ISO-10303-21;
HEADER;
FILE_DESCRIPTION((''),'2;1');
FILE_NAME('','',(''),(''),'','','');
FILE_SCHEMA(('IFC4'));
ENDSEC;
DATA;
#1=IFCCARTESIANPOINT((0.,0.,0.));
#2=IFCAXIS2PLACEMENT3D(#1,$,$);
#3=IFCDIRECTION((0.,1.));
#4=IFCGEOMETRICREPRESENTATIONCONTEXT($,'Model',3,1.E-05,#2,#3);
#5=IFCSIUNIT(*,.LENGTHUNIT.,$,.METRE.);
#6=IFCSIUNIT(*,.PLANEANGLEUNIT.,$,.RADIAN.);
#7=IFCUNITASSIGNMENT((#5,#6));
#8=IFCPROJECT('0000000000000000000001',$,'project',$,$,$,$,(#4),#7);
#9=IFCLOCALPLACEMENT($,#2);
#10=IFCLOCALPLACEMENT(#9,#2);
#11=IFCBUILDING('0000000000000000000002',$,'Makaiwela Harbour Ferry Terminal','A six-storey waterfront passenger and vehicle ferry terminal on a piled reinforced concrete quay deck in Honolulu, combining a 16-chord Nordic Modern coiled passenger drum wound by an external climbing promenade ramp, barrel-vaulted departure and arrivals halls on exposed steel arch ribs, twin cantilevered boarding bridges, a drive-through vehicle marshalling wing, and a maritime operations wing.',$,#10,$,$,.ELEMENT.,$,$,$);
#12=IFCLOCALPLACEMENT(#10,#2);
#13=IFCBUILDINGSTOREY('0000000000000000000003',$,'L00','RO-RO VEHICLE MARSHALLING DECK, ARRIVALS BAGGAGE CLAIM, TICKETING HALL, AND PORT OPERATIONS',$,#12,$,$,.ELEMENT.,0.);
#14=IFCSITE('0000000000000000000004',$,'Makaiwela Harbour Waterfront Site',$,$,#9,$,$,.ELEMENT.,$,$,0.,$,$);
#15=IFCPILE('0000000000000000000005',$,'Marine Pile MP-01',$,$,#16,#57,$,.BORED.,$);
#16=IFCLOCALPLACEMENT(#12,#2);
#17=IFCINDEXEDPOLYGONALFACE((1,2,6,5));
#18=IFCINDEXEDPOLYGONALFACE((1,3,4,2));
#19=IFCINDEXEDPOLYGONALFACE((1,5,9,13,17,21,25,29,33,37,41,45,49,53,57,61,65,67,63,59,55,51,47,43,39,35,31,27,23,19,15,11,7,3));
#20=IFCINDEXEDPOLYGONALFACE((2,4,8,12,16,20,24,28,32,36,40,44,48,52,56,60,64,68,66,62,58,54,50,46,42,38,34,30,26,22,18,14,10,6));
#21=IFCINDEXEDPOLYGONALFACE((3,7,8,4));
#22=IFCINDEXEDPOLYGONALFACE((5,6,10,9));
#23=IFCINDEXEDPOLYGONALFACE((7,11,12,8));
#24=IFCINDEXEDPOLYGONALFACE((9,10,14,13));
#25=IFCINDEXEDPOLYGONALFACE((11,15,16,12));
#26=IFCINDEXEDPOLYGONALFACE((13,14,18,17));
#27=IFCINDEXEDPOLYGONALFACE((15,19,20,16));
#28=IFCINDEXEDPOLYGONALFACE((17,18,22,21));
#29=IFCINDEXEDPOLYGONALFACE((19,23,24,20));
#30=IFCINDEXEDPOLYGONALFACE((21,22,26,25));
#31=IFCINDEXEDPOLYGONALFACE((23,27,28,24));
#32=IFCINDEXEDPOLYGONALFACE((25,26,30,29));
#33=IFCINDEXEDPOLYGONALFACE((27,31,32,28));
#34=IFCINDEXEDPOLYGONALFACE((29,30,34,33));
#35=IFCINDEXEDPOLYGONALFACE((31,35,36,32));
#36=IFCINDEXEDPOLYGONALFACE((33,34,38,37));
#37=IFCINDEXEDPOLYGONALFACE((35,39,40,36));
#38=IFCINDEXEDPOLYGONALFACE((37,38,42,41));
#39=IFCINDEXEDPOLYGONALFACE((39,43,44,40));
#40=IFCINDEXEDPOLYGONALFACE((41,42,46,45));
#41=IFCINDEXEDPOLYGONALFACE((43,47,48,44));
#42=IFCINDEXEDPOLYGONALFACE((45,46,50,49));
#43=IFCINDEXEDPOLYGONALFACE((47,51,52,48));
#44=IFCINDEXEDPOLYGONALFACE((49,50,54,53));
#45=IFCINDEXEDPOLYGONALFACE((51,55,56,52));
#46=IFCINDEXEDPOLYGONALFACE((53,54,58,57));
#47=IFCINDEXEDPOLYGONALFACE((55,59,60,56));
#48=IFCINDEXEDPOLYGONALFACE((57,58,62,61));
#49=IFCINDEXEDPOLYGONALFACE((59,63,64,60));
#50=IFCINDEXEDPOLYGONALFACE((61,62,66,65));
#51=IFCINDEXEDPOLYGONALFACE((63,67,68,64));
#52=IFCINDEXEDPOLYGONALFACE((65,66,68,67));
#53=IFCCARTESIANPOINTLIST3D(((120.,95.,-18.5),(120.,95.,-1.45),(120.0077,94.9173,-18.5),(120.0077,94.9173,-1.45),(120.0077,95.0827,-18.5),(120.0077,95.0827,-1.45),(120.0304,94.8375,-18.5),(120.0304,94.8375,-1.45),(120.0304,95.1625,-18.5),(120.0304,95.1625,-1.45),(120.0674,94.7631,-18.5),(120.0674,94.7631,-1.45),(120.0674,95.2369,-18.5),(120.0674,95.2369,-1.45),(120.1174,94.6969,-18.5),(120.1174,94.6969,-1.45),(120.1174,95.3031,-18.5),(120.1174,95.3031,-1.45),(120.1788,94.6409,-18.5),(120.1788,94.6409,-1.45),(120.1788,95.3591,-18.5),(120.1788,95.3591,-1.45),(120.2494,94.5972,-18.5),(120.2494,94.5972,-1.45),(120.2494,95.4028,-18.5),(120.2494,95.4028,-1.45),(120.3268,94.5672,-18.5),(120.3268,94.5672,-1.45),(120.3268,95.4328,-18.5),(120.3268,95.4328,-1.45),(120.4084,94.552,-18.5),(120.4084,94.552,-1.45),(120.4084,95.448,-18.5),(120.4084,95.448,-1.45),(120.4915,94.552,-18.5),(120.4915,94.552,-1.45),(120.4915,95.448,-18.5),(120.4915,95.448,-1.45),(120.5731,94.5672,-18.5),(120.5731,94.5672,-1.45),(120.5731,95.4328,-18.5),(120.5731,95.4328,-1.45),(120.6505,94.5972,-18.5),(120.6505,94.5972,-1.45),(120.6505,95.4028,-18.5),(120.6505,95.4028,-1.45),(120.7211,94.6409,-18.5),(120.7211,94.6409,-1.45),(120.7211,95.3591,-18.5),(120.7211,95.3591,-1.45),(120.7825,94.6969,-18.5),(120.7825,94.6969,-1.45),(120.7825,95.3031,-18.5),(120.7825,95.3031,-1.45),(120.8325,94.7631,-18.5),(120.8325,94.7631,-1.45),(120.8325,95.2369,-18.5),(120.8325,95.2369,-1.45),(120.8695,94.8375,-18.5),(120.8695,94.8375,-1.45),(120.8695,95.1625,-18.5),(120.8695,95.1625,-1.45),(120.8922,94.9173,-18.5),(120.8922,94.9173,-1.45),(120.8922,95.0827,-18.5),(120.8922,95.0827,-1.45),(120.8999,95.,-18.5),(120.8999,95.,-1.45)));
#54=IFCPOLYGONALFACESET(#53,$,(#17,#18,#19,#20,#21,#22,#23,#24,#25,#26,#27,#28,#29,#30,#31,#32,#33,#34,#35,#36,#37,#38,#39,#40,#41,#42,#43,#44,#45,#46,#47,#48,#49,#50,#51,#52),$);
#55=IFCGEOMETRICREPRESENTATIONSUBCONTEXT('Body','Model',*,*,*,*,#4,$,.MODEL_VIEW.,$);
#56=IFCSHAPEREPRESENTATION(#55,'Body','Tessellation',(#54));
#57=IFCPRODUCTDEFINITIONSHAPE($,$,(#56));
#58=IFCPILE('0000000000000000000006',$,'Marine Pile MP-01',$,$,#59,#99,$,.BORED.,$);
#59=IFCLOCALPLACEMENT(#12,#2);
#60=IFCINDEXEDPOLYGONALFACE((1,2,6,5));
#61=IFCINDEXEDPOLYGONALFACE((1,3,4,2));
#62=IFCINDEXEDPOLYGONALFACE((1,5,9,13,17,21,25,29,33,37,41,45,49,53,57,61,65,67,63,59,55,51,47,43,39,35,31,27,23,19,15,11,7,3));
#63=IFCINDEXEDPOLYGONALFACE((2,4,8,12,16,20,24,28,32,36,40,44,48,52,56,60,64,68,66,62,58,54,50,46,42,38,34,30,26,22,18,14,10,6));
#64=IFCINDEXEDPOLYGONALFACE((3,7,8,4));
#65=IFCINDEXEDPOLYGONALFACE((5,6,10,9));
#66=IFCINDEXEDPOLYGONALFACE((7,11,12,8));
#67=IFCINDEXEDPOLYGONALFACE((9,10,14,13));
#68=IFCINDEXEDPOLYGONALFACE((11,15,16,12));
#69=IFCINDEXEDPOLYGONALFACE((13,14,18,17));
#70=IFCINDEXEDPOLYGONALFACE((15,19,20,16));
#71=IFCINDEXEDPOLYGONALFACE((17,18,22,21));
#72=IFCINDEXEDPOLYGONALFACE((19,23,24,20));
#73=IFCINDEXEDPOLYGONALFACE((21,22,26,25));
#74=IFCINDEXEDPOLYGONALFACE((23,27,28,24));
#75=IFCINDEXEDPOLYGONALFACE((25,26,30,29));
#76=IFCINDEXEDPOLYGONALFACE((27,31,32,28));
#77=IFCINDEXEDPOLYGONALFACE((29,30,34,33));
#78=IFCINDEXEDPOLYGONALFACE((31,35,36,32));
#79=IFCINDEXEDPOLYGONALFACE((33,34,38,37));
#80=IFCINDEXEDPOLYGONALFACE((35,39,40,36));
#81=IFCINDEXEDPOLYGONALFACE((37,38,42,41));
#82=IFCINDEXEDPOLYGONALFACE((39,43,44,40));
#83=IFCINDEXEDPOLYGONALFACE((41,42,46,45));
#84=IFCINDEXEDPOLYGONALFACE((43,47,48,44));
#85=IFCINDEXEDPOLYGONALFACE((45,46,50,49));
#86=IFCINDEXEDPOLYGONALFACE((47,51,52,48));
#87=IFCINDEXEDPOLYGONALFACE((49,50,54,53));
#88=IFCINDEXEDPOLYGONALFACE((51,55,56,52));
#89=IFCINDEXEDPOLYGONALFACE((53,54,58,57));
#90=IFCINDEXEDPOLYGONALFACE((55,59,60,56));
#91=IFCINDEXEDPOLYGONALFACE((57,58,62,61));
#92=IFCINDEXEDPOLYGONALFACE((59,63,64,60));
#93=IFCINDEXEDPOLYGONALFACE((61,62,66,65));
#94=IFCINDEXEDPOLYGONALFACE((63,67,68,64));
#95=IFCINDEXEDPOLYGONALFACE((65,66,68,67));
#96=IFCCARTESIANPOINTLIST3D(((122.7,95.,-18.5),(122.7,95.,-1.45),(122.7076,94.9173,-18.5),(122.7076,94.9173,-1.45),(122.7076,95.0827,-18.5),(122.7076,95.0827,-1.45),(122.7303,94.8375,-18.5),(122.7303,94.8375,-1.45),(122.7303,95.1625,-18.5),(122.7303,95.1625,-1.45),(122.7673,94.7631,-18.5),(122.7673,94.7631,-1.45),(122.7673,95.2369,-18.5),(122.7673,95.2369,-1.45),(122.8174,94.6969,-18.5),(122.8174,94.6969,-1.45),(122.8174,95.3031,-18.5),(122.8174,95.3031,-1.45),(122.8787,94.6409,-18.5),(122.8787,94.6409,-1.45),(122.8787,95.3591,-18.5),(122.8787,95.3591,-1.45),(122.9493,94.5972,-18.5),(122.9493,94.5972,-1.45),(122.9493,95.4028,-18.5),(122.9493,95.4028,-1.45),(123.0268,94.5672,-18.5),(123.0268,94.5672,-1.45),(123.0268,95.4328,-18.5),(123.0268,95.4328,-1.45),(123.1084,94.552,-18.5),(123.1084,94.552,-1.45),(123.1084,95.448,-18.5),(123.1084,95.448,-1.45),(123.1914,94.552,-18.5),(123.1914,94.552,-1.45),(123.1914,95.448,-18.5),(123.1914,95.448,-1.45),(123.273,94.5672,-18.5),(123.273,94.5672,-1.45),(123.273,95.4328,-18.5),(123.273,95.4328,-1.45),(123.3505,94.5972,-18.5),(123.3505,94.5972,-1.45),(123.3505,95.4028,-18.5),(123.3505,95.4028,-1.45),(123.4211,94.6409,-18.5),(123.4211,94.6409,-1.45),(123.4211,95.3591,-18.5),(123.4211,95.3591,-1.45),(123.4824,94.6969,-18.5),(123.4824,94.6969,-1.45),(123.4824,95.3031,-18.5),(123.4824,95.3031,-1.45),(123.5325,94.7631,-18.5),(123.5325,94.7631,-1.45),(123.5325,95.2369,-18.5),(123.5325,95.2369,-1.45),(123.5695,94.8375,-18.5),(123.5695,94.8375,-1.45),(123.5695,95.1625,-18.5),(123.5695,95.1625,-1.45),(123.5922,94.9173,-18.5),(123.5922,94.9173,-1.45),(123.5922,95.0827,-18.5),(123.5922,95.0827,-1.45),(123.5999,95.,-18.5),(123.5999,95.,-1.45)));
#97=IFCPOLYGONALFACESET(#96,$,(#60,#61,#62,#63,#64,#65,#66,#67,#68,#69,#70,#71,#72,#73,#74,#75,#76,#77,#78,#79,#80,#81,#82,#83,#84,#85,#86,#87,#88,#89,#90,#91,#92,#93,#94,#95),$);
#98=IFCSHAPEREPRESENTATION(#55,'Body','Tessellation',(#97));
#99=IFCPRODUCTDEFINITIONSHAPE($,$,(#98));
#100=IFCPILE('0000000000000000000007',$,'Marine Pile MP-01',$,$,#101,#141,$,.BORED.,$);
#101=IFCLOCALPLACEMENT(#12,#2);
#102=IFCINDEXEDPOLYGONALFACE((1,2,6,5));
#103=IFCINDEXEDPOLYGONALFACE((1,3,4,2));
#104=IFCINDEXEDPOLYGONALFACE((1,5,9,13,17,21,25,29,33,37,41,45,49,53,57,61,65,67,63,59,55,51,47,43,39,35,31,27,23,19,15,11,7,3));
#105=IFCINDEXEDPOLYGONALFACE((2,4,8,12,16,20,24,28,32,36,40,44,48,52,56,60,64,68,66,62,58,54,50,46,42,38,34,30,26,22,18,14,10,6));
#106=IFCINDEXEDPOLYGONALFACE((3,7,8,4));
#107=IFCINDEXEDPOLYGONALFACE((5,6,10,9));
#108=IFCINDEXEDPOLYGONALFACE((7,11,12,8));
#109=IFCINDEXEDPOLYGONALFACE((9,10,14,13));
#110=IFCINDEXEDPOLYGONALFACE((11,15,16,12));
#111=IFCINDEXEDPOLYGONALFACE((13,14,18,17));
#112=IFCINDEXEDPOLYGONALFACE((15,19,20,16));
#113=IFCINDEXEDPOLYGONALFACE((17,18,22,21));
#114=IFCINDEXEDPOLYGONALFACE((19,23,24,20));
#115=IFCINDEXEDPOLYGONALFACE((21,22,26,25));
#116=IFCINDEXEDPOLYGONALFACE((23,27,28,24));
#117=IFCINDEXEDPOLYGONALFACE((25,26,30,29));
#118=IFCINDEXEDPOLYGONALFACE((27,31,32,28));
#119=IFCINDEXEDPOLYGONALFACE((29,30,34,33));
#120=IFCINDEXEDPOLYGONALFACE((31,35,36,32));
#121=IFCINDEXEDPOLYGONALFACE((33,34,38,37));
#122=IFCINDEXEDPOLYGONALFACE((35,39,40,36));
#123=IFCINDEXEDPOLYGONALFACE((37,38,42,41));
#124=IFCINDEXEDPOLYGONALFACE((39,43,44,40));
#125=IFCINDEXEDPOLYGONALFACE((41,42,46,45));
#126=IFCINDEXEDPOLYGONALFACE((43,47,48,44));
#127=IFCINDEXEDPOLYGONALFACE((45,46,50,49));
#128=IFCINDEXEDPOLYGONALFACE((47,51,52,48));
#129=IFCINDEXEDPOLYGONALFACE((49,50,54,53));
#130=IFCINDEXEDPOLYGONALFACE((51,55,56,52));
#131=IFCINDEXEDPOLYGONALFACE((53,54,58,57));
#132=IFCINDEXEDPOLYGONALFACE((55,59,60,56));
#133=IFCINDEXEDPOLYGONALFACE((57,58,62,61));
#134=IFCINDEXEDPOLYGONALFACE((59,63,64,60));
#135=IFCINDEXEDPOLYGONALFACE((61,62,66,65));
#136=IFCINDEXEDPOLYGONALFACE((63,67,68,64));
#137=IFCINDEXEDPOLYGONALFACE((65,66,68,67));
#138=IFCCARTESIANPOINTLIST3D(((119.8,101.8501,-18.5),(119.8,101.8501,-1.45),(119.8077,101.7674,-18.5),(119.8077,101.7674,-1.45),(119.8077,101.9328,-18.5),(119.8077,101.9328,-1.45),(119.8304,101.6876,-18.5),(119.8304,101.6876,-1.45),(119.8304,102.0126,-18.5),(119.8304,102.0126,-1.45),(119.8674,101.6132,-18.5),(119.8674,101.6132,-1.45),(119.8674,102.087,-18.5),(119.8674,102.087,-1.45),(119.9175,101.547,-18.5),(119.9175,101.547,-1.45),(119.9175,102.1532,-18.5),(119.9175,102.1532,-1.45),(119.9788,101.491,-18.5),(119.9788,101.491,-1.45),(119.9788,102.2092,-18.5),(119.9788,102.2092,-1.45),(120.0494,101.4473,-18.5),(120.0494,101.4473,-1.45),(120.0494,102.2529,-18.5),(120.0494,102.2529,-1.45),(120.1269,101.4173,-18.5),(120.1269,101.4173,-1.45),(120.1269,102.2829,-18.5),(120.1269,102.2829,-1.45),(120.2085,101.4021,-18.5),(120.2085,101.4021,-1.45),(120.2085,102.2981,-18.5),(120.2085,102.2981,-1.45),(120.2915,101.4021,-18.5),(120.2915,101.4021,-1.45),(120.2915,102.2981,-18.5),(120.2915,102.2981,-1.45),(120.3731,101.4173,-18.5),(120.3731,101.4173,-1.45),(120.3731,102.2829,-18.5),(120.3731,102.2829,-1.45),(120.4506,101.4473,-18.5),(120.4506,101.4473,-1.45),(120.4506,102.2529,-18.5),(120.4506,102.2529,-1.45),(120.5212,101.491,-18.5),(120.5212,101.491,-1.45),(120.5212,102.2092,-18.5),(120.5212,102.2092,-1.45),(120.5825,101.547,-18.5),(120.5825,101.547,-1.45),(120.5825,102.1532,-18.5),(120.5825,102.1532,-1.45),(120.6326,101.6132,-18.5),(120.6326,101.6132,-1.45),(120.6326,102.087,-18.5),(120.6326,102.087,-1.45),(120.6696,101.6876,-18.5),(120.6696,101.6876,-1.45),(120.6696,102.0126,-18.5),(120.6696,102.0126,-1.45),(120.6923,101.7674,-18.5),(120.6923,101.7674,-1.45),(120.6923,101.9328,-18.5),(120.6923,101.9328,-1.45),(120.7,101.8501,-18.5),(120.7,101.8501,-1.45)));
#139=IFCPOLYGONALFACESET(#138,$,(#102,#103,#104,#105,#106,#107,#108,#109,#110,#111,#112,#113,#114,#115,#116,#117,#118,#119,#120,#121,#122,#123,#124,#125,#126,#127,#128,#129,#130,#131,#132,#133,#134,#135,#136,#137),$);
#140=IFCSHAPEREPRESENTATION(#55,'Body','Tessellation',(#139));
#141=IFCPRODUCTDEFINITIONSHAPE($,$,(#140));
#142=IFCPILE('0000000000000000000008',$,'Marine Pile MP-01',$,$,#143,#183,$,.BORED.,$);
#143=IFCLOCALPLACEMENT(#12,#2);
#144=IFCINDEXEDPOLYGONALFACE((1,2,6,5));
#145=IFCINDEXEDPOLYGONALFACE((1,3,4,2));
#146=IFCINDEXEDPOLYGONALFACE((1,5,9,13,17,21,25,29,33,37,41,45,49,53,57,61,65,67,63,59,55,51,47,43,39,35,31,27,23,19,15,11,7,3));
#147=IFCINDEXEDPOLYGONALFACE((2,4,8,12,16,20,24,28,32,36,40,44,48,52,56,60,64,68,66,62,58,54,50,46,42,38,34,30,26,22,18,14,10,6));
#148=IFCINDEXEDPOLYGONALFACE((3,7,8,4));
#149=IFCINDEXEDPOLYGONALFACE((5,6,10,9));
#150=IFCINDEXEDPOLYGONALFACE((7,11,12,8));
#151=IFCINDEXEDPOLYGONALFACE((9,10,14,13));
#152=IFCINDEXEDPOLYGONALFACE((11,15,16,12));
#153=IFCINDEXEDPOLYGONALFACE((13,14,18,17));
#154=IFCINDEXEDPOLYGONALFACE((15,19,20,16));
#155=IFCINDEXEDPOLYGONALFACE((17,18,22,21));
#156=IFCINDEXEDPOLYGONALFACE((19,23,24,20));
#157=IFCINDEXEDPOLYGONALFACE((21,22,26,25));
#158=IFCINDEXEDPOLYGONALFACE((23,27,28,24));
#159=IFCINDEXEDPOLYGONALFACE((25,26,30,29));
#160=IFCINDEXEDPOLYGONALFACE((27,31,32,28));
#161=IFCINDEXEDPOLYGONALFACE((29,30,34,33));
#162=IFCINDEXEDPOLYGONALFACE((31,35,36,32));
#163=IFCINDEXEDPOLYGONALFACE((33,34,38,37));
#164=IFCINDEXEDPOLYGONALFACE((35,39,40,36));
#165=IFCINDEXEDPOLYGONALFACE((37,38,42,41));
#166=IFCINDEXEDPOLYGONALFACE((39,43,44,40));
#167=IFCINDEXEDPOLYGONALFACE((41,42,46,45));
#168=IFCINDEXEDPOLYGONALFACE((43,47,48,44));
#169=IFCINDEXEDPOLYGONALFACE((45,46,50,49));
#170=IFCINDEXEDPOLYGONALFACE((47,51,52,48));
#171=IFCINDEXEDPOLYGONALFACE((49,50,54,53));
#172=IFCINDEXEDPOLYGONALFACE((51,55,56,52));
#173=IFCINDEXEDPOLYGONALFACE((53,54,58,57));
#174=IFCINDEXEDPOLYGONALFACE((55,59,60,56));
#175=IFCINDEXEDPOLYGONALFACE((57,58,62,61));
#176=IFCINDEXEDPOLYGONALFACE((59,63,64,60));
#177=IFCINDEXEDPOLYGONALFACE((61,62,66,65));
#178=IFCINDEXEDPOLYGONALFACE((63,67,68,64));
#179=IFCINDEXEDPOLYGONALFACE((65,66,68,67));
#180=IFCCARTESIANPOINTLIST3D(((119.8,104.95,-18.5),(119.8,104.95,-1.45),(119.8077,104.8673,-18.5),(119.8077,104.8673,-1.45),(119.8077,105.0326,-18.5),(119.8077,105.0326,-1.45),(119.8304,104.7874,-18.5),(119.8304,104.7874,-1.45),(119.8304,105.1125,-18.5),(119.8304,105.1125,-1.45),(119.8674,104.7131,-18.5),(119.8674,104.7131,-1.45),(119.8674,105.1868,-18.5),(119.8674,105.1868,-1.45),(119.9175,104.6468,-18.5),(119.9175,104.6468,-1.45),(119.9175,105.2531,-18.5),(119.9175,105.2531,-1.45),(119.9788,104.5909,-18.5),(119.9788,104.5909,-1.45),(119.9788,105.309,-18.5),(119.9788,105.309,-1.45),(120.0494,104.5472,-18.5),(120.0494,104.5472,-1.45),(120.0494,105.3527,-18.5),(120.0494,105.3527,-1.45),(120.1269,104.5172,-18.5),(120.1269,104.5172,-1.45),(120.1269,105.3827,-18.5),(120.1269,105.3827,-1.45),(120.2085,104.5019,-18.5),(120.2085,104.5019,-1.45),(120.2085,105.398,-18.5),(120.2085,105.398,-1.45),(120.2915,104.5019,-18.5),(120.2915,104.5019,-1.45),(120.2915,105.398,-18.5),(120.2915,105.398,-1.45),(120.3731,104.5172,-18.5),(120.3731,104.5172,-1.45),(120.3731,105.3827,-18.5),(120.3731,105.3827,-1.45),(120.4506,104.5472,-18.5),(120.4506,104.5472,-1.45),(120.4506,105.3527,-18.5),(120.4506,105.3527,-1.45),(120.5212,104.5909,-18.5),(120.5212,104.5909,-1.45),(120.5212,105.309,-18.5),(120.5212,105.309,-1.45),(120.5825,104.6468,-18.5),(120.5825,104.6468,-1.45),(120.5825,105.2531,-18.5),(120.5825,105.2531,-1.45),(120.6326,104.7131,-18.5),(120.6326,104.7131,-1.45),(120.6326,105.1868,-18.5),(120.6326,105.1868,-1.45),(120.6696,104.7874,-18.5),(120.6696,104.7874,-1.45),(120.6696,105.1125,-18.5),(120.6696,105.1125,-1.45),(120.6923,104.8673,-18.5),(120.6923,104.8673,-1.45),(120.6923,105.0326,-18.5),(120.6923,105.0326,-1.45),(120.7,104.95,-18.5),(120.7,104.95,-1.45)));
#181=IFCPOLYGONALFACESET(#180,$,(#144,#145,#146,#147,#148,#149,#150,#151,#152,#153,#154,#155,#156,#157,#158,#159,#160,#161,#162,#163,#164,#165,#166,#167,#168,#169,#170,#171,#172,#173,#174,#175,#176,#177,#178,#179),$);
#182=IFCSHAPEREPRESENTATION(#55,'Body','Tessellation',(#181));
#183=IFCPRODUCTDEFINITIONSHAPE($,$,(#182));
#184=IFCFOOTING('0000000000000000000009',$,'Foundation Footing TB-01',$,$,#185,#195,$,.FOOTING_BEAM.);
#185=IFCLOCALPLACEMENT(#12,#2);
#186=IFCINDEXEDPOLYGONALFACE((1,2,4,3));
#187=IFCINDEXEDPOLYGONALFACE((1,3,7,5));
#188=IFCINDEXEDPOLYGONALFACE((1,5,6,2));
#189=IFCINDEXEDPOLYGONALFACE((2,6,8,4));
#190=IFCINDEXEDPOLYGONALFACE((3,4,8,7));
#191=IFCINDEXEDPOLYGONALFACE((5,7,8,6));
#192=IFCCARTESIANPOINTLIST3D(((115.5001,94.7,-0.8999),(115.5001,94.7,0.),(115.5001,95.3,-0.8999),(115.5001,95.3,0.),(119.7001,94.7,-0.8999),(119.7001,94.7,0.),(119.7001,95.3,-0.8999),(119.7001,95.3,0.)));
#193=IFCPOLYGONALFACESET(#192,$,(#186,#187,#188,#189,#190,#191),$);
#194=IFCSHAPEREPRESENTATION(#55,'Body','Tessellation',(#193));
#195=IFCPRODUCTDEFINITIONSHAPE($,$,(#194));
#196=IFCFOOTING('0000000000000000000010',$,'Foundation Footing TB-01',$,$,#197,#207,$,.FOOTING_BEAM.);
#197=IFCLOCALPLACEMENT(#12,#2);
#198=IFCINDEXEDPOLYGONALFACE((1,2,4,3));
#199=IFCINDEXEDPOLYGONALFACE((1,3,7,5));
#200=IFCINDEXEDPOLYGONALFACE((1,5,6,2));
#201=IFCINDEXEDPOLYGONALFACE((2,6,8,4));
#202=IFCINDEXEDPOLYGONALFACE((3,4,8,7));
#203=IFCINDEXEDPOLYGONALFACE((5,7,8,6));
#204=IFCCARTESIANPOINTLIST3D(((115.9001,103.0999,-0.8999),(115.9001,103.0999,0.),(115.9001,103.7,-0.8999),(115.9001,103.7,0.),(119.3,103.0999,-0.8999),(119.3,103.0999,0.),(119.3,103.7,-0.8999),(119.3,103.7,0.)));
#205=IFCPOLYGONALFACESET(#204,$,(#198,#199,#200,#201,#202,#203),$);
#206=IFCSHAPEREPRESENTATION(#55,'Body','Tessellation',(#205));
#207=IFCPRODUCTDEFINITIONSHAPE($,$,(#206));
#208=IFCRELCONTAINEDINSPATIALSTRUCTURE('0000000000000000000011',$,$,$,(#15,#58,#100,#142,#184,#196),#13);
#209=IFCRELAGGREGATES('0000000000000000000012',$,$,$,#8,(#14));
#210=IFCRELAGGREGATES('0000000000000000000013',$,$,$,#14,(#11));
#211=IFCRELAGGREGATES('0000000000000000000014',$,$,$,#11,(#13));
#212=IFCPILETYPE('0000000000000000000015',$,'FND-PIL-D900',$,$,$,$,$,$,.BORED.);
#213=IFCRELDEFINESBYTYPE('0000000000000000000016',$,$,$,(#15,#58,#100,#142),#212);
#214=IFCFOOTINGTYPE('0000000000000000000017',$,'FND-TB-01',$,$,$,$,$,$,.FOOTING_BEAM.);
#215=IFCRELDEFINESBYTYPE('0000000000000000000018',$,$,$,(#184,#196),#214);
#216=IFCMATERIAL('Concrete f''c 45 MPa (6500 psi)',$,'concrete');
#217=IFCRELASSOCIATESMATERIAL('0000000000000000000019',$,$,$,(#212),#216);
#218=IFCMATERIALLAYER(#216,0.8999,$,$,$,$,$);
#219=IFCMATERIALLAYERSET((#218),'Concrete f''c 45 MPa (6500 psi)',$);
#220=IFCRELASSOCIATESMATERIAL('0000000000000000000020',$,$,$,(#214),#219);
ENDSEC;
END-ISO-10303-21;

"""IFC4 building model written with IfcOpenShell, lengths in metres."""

from ifc_helpers import new_model, si_unit, direction, frame, origin, origin_2d, place, context, subcontext, project, spatial, rectangle, circle, extrude, material, layer, layer_set, material_profile, profile_set, type_object, element, save


model = new_model("IFC4")

# Units and contexts
model_context = context("Model", 3, precision=1e-05, world=origin(), true_north=direction((0.0, 1.0)))
body_context = subcontext(model_context, "Body", "Model", "MODEL_VIEW")
ifc_project = project(units=[si_unit("LENGTHUNIT", "METRE"), si_unit("PLANEANGLEUNIT", "RADIAN")], contexts=[model_context])

# Site, building, storey
site_placement = place(None, origin())
site = spatial("IfcSite", under=ifc_project, at=site_placement, Name="Makaiwela Harbour Waterfront Site", CompositionType="ELEMENT", RefElevation=0.0)
building_placement = place(site_placement, origin())
building = spatial("IfcBuilding", under=site, at=building_placement, Name="Makaiwela Harbour Ferry Terminal", Description="A six-storey waterfront passenger and vehicle ferry terminal on a piled reinforced concrete quay deck in Honolulu, combining a 16-chord Nordic Modern coiled passenger drum wound by an external climbing promenade ramp, barrel-vaulted departure and arrivals halls on exposed steel arch ribs, twin cantilevered boarding bridges, a drive-through vehicle marshalling wing, and a maritime operations wing.", CompositionType="ELEMENT")
storey_placement = place(building_placement, origin())
storey = spatial("IfcBuildingStorey", under=building, at=storey_placement, Name="L00", Description="RO-RO VEHICLE MARSHALLING DECK, ARRIVALS BAGGAGE CLAIM, TICKETING HALL, AND PORT OPERATIONS", CompositionType="ELEMENT", Elevation=0.0)

# Shared definitions
ifc_material_1 = material(Name="Concrete f'c 45 MPa (6500 psi)", Category="concrete")

# Piles
ifc_material_profile_1 = material_profile(ifc_material_1, circle(Radius=0.45, at=origin_2d()), Name="PILE-D900")
ifc_profile_set_1 = profile_set([ifc_material_profile_1], Name="Concrete f'c 45 MPa (6500 psi)")
pile_type = type_object("IfcPileType", Name="FND-PIL-D900", PredefinedType="BORED", material=ifc_profile_set_1)
for number, where, z_axis, x_axis, name in (
    (1, (120.45, 95.0, -1.45), (0.0, 0.0, -1.0), (1.0, 0.0, 0.0), "Marine Pile MP-01"),
    (2, (123.1499, 95.0, -1.45), (0.0, 0.0, -1.0), (1.0, 0.0, 0.0), "Marine Pile MP-01"),
    (3, (120.25, 101.8501, -1.45), (0.0, 0.0, -1.0), (1.0, 0.0, 0.0), "Marine Pile MP-01"),
    (4, (120.25, 104.95, -1.45), (0.0, 0.0, -1.0), (1.0, 0.0, 0.0), "Marine Pile MP-01"),
):
    element("IfcPile", number, at=place(storey_placement, frame(where, z_axis=z_axis, x_axis=x_axis)), inside=storey, type_object=pile_type, Name=name, PredefinedType="BORED", context=body_context, shape_type="SweptSolid", body=[
        extrude(circle(Radius=0.45, at=origin_2d()), origin(), (0.0, 0.0, 1.0), 17.05),
    ])

# Footings
ifc_layer_1 = layer(ifc_material_1, 0.8999)
ifc_layer_set_1 = layer_set([ifc_layer_1], Name="Concrete f'c 45 MPa (6500 psi)")
footing_type_1 = type_object("IfcFootingType", Name="FND-TB-01", PredefinedType="FOOTING_BEAM", material=ifc_layer_set_1)
footing_1_placement = place(storey_placement, frame((117.6001, 95.0, -0.8999), z_axis=(0.0, 0.0, 1.0), x_axis=(1.0, 0.0, 0.0)))
element("IfcFooting", 5, at=footing_1_placement, inside=storey, type_object=footing_type_1, Name="Foundation Footing TB-01", PredefinedType="FOOTING_BEAM", context=body_context, shape_type="SweptSolid", body=[
    extrude(rectangle(XDim=4.2, YDim=0.6001, at=origin_2d()), origin(), (0.0, 0.0, 1.0), 0.8999),
])
footing_2_placement = place(storey_placement, frame((117.6001, 103.3999, -0.8999), z_axis=(0.0, 0.0, 1.0), x_axis=(1.0, 0.0, 0.0)))
element("IfcFooting", 6, at=footing_2_placement, inside=storey, type_object=footing_type_1, Name="Foundation Footing TB-01", PredefinedType="FOOTING_BEAM", context=body_context, shape_type="SweptSolid", body=[
    extrude(rectangle(XDim=3.3999, YDim=0.6001, at=origin_2d()), origin(), (0.0, 0.0, 1.0), 0.8999),
])

save(model, "model.ifc")
